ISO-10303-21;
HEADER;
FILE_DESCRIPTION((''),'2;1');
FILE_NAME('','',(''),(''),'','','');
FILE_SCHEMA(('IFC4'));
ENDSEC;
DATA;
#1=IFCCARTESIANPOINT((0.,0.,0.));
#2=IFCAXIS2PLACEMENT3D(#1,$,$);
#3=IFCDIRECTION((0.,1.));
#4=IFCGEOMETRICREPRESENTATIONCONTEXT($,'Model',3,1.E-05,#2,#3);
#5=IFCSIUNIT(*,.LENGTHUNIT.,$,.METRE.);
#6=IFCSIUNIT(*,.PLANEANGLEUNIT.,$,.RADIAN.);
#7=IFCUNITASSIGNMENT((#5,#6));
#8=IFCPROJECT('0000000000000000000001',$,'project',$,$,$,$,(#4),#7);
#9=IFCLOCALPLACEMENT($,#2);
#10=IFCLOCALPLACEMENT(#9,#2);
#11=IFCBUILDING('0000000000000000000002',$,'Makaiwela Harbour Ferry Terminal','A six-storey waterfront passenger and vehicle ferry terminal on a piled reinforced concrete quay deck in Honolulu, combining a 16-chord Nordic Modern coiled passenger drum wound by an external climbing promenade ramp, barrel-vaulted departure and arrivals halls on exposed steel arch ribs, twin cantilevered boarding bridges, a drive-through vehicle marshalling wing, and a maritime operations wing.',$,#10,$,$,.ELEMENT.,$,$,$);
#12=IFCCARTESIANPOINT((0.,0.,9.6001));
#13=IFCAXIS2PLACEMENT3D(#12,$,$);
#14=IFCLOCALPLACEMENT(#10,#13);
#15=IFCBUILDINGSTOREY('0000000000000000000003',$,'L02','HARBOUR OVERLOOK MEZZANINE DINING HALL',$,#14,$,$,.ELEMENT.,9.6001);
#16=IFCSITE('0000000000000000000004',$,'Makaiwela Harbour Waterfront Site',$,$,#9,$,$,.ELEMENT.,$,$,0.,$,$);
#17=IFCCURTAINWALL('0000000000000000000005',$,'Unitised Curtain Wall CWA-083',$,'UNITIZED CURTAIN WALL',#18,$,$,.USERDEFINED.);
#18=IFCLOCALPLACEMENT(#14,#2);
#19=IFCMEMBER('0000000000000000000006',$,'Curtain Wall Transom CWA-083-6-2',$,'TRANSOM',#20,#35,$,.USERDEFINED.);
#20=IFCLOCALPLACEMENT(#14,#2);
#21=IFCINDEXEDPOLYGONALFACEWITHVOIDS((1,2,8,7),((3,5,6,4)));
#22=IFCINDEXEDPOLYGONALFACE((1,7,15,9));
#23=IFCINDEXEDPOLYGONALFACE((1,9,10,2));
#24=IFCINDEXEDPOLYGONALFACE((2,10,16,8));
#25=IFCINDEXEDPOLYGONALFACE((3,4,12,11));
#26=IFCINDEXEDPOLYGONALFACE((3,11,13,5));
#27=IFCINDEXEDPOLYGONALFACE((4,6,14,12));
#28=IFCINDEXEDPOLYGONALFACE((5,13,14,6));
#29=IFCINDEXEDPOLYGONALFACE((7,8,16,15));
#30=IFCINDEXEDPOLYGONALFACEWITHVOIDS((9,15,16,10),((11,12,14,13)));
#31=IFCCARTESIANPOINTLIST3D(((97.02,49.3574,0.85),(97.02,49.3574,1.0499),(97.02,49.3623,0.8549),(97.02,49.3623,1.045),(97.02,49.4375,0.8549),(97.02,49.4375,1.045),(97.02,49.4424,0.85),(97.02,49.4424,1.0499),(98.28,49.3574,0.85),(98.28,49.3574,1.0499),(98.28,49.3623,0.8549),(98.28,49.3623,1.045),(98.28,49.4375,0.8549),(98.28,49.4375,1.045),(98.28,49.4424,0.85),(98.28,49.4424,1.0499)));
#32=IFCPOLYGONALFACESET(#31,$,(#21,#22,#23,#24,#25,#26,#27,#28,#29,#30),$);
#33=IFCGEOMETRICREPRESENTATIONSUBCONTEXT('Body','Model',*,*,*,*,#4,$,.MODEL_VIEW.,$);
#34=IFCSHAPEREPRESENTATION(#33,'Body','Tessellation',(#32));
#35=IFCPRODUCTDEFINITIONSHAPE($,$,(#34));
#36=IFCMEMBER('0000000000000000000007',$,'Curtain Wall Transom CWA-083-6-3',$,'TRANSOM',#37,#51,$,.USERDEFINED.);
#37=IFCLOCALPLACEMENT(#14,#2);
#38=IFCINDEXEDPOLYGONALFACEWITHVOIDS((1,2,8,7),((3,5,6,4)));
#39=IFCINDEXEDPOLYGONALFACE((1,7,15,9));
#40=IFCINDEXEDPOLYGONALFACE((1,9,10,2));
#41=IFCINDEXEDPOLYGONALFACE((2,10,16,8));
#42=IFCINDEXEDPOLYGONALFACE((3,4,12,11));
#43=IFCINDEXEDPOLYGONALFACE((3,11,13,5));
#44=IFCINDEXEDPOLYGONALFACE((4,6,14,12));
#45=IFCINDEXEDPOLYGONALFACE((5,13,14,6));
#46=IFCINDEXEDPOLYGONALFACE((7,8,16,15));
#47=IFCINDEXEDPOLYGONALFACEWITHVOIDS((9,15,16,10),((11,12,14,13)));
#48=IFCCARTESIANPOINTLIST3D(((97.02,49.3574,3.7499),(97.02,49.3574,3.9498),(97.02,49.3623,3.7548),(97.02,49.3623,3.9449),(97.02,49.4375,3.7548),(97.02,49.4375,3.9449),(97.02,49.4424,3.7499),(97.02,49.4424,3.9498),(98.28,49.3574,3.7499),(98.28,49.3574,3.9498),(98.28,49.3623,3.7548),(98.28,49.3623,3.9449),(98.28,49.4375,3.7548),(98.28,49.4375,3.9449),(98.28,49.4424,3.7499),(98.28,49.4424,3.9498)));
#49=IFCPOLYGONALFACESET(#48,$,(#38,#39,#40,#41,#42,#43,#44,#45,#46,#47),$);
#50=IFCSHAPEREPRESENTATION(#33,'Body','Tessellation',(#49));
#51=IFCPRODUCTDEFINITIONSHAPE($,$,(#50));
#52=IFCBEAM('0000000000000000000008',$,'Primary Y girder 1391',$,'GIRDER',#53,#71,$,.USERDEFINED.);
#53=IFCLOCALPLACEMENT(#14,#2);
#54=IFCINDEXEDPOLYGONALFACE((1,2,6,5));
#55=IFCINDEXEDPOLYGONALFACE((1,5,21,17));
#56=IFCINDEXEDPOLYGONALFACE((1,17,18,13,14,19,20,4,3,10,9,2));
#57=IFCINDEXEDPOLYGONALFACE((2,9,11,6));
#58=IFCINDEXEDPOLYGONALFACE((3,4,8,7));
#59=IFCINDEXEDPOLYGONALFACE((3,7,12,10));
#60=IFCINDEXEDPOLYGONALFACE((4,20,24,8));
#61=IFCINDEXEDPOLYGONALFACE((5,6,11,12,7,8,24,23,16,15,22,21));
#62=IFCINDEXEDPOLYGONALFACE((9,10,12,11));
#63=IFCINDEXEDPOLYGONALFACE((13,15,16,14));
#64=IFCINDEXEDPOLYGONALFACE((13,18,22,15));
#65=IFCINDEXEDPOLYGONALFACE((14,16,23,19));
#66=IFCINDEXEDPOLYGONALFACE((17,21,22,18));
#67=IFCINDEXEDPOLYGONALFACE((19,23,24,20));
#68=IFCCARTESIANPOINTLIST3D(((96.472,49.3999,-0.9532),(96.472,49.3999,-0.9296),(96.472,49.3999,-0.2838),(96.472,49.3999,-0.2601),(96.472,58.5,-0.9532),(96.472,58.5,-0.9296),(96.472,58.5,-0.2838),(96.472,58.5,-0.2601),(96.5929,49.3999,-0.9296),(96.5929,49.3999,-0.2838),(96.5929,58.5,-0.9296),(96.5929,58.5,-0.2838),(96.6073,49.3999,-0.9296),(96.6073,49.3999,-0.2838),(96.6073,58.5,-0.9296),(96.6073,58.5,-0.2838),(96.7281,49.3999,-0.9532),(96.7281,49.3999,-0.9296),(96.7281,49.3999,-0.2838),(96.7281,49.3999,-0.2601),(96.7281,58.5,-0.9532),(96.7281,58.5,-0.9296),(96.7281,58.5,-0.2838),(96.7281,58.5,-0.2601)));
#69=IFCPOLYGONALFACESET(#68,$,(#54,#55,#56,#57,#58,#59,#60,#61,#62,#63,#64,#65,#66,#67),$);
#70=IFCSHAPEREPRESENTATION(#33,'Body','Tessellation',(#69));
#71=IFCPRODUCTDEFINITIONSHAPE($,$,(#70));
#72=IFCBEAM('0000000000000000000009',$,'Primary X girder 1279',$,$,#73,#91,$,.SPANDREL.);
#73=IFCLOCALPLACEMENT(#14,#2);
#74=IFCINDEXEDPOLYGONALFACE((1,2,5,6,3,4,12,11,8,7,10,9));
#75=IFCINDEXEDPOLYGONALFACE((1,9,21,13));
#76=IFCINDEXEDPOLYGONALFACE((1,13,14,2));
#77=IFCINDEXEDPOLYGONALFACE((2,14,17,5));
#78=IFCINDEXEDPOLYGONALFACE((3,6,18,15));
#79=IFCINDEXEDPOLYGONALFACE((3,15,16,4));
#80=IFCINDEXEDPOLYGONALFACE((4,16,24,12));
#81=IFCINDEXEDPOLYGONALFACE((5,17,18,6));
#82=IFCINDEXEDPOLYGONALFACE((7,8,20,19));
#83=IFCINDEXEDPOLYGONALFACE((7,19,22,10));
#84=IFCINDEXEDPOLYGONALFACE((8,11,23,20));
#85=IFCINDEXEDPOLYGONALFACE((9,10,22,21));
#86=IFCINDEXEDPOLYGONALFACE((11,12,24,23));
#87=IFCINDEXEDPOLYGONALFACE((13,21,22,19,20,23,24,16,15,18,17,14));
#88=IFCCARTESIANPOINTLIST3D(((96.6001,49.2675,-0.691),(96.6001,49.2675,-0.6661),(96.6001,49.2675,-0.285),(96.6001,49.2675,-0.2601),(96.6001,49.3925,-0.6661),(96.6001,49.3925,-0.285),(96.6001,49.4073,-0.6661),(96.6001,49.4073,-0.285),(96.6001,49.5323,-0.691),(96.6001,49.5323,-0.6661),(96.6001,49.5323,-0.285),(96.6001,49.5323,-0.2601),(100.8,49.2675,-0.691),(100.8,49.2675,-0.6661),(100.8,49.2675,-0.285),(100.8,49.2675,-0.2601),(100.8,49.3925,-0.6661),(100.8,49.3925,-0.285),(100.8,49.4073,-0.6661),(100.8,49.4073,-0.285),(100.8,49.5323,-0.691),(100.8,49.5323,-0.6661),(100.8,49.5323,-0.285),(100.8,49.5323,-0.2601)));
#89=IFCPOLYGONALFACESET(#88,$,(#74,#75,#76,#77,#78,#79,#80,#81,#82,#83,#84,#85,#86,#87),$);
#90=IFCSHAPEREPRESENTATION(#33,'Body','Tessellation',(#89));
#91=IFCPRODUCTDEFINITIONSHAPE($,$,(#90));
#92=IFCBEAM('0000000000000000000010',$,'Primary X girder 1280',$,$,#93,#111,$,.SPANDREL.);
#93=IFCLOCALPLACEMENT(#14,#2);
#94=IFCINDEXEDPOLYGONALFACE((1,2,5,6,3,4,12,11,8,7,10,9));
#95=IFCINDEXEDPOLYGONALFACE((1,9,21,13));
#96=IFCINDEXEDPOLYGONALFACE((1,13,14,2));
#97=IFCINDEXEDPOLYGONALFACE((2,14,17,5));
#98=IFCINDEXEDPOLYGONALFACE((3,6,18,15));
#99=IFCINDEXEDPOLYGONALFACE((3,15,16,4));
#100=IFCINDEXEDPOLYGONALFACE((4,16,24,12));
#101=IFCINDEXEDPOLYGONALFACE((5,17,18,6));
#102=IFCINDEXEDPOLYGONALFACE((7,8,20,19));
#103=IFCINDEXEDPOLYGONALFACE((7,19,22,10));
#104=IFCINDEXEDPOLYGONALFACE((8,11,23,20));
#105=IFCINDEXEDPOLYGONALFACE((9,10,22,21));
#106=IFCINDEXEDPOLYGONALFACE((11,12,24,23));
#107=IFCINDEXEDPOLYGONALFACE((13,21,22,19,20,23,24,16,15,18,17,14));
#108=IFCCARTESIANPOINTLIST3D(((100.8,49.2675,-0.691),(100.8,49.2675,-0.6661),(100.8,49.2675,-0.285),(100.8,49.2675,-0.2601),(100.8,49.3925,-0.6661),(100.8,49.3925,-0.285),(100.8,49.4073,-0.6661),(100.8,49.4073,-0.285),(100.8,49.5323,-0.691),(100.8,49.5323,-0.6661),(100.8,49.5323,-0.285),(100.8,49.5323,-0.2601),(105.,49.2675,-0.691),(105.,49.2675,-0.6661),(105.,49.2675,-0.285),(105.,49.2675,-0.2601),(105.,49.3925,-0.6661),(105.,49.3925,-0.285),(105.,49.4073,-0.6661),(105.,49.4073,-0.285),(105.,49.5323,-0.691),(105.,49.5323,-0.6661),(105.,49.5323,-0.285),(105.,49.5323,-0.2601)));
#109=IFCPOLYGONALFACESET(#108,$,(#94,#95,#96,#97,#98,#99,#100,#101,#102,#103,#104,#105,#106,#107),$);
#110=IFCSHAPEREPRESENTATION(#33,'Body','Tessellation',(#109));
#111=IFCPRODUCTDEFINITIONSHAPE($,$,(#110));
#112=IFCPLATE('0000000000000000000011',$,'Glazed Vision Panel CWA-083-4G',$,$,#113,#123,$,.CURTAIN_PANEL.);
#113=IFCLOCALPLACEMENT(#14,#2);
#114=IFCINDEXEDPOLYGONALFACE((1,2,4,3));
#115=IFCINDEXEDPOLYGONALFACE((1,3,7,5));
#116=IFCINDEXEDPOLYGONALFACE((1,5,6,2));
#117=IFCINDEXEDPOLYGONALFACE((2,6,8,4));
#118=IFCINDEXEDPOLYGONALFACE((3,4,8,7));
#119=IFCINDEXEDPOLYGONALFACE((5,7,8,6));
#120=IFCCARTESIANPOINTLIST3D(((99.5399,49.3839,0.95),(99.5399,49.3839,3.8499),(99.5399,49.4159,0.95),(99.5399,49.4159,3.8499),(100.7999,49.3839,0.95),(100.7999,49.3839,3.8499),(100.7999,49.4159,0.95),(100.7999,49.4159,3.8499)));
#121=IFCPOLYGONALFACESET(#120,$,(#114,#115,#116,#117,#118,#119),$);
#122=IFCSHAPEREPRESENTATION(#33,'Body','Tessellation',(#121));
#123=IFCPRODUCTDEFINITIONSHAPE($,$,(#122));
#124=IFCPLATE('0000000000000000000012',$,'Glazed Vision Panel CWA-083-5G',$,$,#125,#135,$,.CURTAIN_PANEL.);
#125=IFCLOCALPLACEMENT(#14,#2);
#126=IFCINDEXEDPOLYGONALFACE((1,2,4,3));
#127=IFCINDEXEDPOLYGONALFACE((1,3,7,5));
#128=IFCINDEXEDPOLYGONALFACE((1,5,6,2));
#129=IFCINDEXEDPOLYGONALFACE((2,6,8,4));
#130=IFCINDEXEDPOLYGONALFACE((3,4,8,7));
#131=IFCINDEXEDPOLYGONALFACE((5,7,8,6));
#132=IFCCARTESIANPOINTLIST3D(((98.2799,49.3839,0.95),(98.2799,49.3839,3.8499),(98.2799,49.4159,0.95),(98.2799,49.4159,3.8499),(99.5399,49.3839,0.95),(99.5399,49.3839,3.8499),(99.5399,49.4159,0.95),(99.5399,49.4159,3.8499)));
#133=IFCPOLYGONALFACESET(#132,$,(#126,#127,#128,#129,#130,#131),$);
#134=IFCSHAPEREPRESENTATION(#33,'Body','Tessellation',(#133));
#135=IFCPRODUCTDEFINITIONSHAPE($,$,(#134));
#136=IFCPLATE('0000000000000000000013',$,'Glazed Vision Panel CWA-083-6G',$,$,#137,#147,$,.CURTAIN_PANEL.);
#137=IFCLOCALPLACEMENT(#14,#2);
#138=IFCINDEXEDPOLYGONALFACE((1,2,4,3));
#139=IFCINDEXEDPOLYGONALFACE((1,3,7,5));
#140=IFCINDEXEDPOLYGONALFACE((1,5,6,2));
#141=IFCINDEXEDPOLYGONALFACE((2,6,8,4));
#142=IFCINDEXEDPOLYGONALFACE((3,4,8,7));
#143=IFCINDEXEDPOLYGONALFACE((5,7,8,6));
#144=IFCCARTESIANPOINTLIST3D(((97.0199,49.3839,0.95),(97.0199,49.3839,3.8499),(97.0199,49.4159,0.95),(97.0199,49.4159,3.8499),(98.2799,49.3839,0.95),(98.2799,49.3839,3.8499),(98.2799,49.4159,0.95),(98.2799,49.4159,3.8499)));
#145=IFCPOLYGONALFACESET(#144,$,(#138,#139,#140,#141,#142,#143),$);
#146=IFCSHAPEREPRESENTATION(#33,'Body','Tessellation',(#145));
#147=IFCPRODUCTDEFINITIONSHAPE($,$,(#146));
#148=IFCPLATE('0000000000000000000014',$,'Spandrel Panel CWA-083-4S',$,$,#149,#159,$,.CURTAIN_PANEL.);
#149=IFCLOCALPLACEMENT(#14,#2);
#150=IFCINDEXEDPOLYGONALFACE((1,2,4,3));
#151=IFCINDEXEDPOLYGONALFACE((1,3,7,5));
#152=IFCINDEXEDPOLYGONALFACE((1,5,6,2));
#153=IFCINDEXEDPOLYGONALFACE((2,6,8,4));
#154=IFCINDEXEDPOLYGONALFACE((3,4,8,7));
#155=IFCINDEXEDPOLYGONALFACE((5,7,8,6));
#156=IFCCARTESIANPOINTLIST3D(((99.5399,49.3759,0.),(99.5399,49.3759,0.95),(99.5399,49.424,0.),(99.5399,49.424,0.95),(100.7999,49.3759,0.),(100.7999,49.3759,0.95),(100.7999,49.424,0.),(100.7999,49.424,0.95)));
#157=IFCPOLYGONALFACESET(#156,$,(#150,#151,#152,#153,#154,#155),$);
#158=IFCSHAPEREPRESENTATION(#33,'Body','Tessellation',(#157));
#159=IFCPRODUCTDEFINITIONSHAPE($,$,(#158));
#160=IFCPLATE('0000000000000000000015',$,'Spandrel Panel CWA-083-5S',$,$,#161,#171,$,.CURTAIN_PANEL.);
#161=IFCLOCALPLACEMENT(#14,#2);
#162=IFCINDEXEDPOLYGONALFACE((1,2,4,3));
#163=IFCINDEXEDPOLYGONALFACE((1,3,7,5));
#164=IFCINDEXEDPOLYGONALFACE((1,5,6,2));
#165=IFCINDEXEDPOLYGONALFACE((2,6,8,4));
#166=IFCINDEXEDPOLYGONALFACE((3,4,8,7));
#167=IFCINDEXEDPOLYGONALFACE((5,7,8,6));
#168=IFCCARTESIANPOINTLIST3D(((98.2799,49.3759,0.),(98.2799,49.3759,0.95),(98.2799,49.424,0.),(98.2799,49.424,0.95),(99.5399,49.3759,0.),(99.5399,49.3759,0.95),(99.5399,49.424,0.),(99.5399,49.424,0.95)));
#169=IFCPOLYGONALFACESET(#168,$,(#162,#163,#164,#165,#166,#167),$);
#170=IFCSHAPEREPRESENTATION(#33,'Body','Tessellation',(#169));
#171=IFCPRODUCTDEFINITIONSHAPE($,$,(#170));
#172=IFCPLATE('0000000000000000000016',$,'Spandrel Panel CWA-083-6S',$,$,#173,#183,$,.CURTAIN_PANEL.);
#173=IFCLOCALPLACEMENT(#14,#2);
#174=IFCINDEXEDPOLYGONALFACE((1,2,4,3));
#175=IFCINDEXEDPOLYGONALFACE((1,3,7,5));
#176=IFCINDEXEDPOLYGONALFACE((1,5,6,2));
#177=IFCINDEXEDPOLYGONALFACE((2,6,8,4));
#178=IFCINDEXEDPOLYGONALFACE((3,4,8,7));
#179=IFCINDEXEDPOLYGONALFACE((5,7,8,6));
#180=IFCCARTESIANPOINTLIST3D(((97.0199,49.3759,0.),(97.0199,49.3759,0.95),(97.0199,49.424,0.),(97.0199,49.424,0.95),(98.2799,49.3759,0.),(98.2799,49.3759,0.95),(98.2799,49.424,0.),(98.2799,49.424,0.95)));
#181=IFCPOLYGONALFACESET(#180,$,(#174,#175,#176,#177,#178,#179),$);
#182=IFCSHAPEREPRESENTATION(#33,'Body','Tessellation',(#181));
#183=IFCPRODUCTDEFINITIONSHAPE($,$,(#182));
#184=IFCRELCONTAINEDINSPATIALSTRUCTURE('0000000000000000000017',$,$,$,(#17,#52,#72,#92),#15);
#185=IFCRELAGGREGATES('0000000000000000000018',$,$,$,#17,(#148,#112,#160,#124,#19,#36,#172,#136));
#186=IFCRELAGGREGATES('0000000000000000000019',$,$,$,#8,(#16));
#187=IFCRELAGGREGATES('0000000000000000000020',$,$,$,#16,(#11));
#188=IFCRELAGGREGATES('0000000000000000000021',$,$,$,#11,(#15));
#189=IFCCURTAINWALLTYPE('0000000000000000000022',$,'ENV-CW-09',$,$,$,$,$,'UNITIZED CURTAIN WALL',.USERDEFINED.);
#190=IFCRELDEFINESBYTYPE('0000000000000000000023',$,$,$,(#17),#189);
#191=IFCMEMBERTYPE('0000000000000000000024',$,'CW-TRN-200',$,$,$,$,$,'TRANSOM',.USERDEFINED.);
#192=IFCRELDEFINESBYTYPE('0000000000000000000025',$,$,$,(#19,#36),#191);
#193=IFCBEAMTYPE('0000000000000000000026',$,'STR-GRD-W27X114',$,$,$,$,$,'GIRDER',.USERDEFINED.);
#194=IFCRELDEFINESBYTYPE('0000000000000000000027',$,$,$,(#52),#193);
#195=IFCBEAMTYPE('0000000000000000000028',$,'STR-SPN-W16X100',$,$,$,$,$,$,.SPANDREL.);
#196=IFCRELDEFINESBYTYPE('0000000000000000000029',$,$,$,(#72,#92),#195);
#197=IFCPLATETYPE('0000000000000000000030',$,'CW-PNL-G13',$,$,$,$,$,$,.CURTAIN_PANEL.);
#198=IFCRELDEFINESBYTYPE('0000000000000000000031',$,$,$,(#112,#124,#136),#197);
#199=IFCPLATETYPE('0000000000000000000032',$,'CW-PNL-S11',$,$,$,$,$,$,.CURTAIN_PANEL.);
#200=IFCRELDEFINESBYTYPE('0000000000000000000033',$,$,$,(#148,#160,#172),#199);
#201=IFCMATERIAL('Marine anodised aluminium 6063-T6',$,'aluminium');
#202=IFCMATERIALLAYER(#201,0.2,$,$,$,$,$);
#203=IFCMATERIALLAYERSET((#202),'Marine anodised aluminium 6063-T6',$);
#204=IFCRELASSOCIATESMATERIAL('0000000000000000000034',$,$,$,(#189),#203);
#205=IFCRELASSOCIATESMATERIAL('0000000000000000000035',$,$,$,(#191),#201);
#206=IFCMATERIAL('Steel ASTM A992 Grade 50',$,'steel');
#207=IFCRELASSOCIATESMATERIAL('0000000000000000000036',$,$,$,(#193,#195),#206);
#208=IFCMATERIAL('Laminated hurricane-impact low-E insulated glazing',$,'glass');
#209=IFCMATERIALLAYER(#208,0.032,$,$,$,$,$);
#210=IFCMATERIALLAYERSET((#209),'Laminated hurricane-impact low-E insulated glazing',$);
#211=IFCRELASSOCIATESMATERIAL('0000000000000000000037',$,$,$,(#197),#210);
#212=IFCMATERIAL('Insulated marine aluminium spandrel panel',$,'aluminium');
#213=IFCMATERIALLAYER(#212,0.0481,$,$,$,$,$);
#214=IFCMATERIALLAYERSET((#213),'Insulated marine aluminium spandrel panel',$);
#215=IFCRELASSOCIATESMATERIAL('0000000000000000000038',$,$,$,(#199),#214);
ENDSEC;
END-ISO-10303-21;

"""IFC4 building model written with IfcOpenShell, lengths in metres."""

from ifc_helpers import new_model, si_unit, direction, frame, origin, origin_2d, place, context, subcontext, project, spatial, rectangle, hollow_rectangle, i_section, extrude, material, layer, layer_set, material_profile, profile_set, type_object, element, aggregate, save


model = new_model("IFC4")

# Units and contexts
model_context = context("Model", 3, precision=1e-05, world=origin(), true_north=direction((0.0, 1.0)))
body_context = subcontext(model_context, "Body", "Model", "MODEL_VIEW")
ifc_project = project(units=[si_unit("LENGTHUNIT", "METRE"), si_unit("PLANEANGLEUNIT", "RADIAN")], contexts=[model_context])

# Site, building, storey
site_placement = place(None, origin())
site = spatial("IfcSite", under=ifc_project, at=site_placement, Name="Makaiwela Harbour Waterfront Site", CompositionType="ELEMENT", RefElevation=0.0)
building_placement = place(site_placement, origin())
building = spatial("IfcBuilding", under=site, at=building_placement, Name="Makaiwela Harbour Ferry Terminal", Description="A six-storey waterfront passenger and vehicle ferry terminal on a piled reinforced concrete quay deck in Honolulu, combining a 16-chord Nordic Modern coiled passenger drum wound by an external climbing promenade ramp, barrel-vaulted departure and arrivals halls on exposed steel arch ribs, twin cantilevered boarding bridges, a drive-through vehicle marshalling wing, and a maritime operations wing.", CompositionType="ELEMENT")
storey_placement = place(building_placement, frame((0.0, 0.0, 9.6001)))
storey = spatial("IfcBuildingStorey", under=building, at=storey_placement, Name="L02", Description="HARBOUR OVERLOOK MEZZANINE DINING HALL", CompositionType="ELEMENT", Elevation=9.6001)

# Shared definitions
ifc_material_1 = material(Name="Steel ASTM A992 Grade 50", Category="steel")

# Curtain wall
ifc_material_2 = material(Name="Marine anodised aluminium 6063-T6", Category="aluminium")
ifc_layer_1 = layer(ifc_material_2, 0.2)
ifc_layer_set_1 = layer_set([ifc_layer_1], Name="Marine anodised aluminium 6063-T6")
curtain_wall_type = type_object("IfcCurtainWallType", Name="ENV-CW-09", ElementType="UNITIZED CURTAIN WALL", PredefinedType="USERDEFINED", material=ifc_layer_set_1)
curtain_wall_1_placement = place(storey_placement, origin())
curtain_wall_1 = element("IfcCurtainWall", 1, at=curtain_wall_1_placement, inside=storey, type_object=curtain_wall_type, Name="Unitised Curtain Wall CWA-083", ObjectType="UNITIZED CURTAIN WALL", PredefinedType="USERDEFINED")
ifc_material_profile_1 = material_profile(ifc_material_2, hollow_rectangle(XDim=0.085, YDim=0.2, WallThickness=0.0049, at=origin_2d()), Name="CWT-200X85")
ifc_profile_set_1 = profile_set([ifc_material_profile_1], Name="Marine anodised aluminium 6063-T6")
member_type_1 = type_object("IfcMemberType", Name="CW-TRN-200", ElementType="TRANSOM", PredefinedType="USERDEFINED", material=ifc_profile_set_1)

# Members
member_1_placement = place(storey_placement, frame((98.28, 49.3999, 0.95), z_axis=(-1.0, 0.0, 0.0), x_axis=(0.0, -1.0, 0.0)))
member_1 = element("IfcMember", 2, at=member_1_placement, type_object=member_type_1, Name="Curtain Wall Transom CWA-083-6-2", ObjectType="TRANSOM", PredefinedType="USERDEFINED", context=body_context, shape_type="SweptSolid", body=[
    extrude(hollow_rectangle(XDim=0.085, YDim=0.2, WallThickness=0.0049, at=origin_2d()), origin(), (0.0, 0.0, 1.0), 1.26),
])
member_2_placement = place(storey_placement, frame((98.28, 49.3999, 3.8499), z_axis=(-1.0, 0.0, 0.0), x_axis=(0.0, -1.0, 0.0)))
member_2 = element("IfcMember", 3, at=member_2_placement, type_object=member_type_1, Name="Curtain Wall Transom CWA-083-6-3", ObjectType="TRANSOM", PredefinedType="USERDEFINED", context=body_context, shape_type="SweptSolid", body=[
    extrude(hollow_rectangle(XDim=0.085, YDim=0.2, WallThickness=0.0049, at=origin_2d()), origin(), (0.0, 0.0, 1.0), 1.26),
])

# Beams
ifc_material_profile_2 = material_profile(ifc_material_1, i_section(OverallWidth=0.2561, OverallDepth=0.6931, WebThickness=0.0144, FlangeThickness=0.0237, at=origin_2d()), Name="W27X114")
ifc_profile_set_2 = profile_set([ifc_material_profile_2], Name="Steel ASTM A992 Grade 50")
beam_type_1 = type_object("IfcBeamType", Name="STR-GRD-W27X114", ElementType="GIRDER", PredefinedType="USERDEFINED", material=ifc_profile_set_2)
beam_placement = place(storey_placement, frame((96.6001, 49.3999, -0.6067), z_axis=(0.0, 1.0, 0.0), x_axis=(-1.0, 0.0, 0.0)))
element("IfcBeam", 4, at=beam_placement, inside=storey, type_object=beam_type_1, Name="Primary Y girder 1391", ObjectType="GIRDER", PredefinedType="USERDEFINED", context=body_context, shape_type="SweptSolid", body=[
    extrude(i_section(OverallWidth=0.2561, OverallDepth=0.6931, WebThickness=0.0144, FlangeThickness=0.0237, at=origin_2d()), origin(), (0.0, 0.0, 1.0), 9.1001),
])
ifc_material_profile_3 = material_profile(ifc_material_1, i_section(OverallWidth=0.2649, OverallDepth=0.4309, WebThickness=0.0149, FlangeThickness=0.0249, at=origin_2d()), Name="W16X100")
ifc_profile_set_3 = profile_set([ifc_material_profile_3], Name="Steel ASTM A992 Grade 50")
beam_type_2 = type_object("IfcBeamType", Name="STR-SPN-W16X100", PredefinedType="SPANDREL", material=ifc_profile_set_3)
for number, where, z_axis, x_axis, name in (
    (5, (96.6001, 49.3999, -0.4756), (1.0, 0.0, 0.0), (0.0, 1.0, 0.0), "Primary X girder 1279"),
    (6, (100.8, 49.3999, -0.4756), (1.0, 0.0, 0.0), (0.0, 1.0, 0.0), "Primary X girder 1280"),
):
    element("IfcBeam", number, at=place(storey_placement, frame(where, z_axis=z_axis, x_axis=x_axis)), inside=storey, type_object=beam_type_2, Name=name, PredefinedType="SPANDREL", context=body_context, shape_type="SweptSolid", body=[
        extrude(i_section(OverallWidth=0.2649, OverallDepth=0.4309, WebThickness=0.0149, FlangeThickness=0.0249, at=origin_2d()), origin(), (0.0, 0.0, 1.0), 4.2),
    ])

# Plates
ifc_material_3 = material(Name="Laminated hurricane-impact low-E insulated glazing", Category="glass")
ifc_layer_2 = layer(ifc_material_3, 0.032)
ifc_layer_set_2 = layer_set([ifc_layer_2], Name="Laminated hurricane-impact low-E insulated glazing")
plate_type_1 = type_object("IfcPlateType", Name="CW-PNL-G13", PredefinedType="CURTAIN_PANEL", material=ifc_layer_set_2)
plate_1_placement = place(storey_placement, frame((100.1699, 49.3999, 0.95), z_axis=(0.0, 0.0, 1.0), x_axis=(-1.0, 0.0, 0.0)))
plate_1 = element("IfcPlate", 7, at=plate_1_placement, type_object=plate_type_1, Name="Glazed Vision Panel CWA-083-4G", PredefinedType="CURTAIN_PANEL", context=body_context, shape_type="SweptSolid", body=[
    extrude(rectangle(XDim=1.26, YDim=0.032, at=origin_2d()), origin(), (0.0, 0.0, 1.0), 2.8999),
])
plate_2_placement = place(storey_placement, frame((98.9099, 49.3999, 0.95), z_axis=(0.0, 0.0, 1.0), x_axis=(-1.0, 0.0, 0.0)))
plate_2 = element("IfcPlate", 8, at=plate_2_placement, type_object=plate_type_1, Name="Glazed Vision Panel CWA-083-5G", PredefinedType="CURTAIN_PANEL", context=body_context, shape_type="SweptSolid", body=[
    extrude(rectangle(XDim=1.26, YDim=0.032, at=origin_2d()), origin(), (0.0, 0.0, 1.0), 2.8999),
])
plate_3_placement = place(storey_placement, frame((97.6499, 49.3999, 0.95), z_axis=(0.0, 0.0, 1.0), x_axis=(-1.0, 0.0, 0.0)))
plate_3 = element("IfcPlate", 9, at=plate_3_placement, type_object=plate_type_1, Name="Glazed Vision Panel CWA-083-6G", PredefinedType="CURTAIN_PANEL", context=body_context, shape_type="SweptSolid", body=[
    extrude(rectangle(XDim=1.26, YDim=0.032, at=origin_2d()), origin(), (0.0, 0.0, 1.0), 2.8999),
])
ifc_material_4 = material(Name="Insulated marine aluminium spandrel panel", Category="aluminium")
ifc_layer_3 = layer(ifc_material_4, 0.0481)
ifc_layer_set_3 = layer_set([ifc_layer_3], Name="Insulated marine aluminium spandrel panel")
plate_type_2 = type_object("IfcPlateType", Name="CW-PNL-S11", PredefinedType="CURTAIN_PANEL", material=ifc_layer_set_3)
plate_4_placement = place(storey_placement, frame((100.1699, 49.3999, 0.0), z_axis=(0.0, 0.0, 1.0), x_axis=(-1.0, 0.0, 0.0)))
plate_4 = element("IfcPlate", 10, at=plate_4_placement, type_object=plate_type_2, Name="Spandrel Panel CWA-083-4S", PredefinedType="CURTAIN_PANEL", context=body_context, shape_type="SweptSolid", body=[
    extrude(rectangle(XDim=1.26, YDim=0.0481, at=origin_2d()), origin(), (0.0, 0.0, 1.0), 0.95),
])
plate_5_placement = place(storey_placement, frame((98.9099, 49.3999, 0.0), z_axis=(0.0, 0.0, 1.0), x_axis=(-1.0, 0.0, 0.0)))
plate_5 = element("IfcPlate", 11, at=plate_5_placement, type_object=plate_type_2, Name="Spandrel Panel CWA-083-5S", PredefinedType="CURTAIN_PANEL", context=body_context, shape_type="SweptSolid", body=[
    extrude(rectangle(XDim=1.26, YDim=0.0481, at=origin_2d()), origin(), (0.0, 0.0, 1.0), 0.95),
])
plate_6_placement = place(storey_placement, frame((97.6499, 49.3999, 0.0), z_axis=(0.0, 0.0, 1.0), x_axis=(-1.0, 0.0, 0.0)))
plate_6 = element("IfcPlate", 12, at=plate_6_placement, type_object=plate_type_2, Name="Spandrel Panel CWA-083-6S", PredefinedType="CURTAIN_PANEL", context=body_context, shape_type="SweptSolid", body=[
    extrude(rectangle(XDim=1.26, YDim=0.0481, at=origin_2d()), origin(), (0.0, 0.0, 1.0), 0.95),
])
aggregate(curtain_wall_1, [plate_4, plate_1, plate_5, plate_2, member_1, member_2, plate_6, plate_3])

save(model, "model.ifc")
